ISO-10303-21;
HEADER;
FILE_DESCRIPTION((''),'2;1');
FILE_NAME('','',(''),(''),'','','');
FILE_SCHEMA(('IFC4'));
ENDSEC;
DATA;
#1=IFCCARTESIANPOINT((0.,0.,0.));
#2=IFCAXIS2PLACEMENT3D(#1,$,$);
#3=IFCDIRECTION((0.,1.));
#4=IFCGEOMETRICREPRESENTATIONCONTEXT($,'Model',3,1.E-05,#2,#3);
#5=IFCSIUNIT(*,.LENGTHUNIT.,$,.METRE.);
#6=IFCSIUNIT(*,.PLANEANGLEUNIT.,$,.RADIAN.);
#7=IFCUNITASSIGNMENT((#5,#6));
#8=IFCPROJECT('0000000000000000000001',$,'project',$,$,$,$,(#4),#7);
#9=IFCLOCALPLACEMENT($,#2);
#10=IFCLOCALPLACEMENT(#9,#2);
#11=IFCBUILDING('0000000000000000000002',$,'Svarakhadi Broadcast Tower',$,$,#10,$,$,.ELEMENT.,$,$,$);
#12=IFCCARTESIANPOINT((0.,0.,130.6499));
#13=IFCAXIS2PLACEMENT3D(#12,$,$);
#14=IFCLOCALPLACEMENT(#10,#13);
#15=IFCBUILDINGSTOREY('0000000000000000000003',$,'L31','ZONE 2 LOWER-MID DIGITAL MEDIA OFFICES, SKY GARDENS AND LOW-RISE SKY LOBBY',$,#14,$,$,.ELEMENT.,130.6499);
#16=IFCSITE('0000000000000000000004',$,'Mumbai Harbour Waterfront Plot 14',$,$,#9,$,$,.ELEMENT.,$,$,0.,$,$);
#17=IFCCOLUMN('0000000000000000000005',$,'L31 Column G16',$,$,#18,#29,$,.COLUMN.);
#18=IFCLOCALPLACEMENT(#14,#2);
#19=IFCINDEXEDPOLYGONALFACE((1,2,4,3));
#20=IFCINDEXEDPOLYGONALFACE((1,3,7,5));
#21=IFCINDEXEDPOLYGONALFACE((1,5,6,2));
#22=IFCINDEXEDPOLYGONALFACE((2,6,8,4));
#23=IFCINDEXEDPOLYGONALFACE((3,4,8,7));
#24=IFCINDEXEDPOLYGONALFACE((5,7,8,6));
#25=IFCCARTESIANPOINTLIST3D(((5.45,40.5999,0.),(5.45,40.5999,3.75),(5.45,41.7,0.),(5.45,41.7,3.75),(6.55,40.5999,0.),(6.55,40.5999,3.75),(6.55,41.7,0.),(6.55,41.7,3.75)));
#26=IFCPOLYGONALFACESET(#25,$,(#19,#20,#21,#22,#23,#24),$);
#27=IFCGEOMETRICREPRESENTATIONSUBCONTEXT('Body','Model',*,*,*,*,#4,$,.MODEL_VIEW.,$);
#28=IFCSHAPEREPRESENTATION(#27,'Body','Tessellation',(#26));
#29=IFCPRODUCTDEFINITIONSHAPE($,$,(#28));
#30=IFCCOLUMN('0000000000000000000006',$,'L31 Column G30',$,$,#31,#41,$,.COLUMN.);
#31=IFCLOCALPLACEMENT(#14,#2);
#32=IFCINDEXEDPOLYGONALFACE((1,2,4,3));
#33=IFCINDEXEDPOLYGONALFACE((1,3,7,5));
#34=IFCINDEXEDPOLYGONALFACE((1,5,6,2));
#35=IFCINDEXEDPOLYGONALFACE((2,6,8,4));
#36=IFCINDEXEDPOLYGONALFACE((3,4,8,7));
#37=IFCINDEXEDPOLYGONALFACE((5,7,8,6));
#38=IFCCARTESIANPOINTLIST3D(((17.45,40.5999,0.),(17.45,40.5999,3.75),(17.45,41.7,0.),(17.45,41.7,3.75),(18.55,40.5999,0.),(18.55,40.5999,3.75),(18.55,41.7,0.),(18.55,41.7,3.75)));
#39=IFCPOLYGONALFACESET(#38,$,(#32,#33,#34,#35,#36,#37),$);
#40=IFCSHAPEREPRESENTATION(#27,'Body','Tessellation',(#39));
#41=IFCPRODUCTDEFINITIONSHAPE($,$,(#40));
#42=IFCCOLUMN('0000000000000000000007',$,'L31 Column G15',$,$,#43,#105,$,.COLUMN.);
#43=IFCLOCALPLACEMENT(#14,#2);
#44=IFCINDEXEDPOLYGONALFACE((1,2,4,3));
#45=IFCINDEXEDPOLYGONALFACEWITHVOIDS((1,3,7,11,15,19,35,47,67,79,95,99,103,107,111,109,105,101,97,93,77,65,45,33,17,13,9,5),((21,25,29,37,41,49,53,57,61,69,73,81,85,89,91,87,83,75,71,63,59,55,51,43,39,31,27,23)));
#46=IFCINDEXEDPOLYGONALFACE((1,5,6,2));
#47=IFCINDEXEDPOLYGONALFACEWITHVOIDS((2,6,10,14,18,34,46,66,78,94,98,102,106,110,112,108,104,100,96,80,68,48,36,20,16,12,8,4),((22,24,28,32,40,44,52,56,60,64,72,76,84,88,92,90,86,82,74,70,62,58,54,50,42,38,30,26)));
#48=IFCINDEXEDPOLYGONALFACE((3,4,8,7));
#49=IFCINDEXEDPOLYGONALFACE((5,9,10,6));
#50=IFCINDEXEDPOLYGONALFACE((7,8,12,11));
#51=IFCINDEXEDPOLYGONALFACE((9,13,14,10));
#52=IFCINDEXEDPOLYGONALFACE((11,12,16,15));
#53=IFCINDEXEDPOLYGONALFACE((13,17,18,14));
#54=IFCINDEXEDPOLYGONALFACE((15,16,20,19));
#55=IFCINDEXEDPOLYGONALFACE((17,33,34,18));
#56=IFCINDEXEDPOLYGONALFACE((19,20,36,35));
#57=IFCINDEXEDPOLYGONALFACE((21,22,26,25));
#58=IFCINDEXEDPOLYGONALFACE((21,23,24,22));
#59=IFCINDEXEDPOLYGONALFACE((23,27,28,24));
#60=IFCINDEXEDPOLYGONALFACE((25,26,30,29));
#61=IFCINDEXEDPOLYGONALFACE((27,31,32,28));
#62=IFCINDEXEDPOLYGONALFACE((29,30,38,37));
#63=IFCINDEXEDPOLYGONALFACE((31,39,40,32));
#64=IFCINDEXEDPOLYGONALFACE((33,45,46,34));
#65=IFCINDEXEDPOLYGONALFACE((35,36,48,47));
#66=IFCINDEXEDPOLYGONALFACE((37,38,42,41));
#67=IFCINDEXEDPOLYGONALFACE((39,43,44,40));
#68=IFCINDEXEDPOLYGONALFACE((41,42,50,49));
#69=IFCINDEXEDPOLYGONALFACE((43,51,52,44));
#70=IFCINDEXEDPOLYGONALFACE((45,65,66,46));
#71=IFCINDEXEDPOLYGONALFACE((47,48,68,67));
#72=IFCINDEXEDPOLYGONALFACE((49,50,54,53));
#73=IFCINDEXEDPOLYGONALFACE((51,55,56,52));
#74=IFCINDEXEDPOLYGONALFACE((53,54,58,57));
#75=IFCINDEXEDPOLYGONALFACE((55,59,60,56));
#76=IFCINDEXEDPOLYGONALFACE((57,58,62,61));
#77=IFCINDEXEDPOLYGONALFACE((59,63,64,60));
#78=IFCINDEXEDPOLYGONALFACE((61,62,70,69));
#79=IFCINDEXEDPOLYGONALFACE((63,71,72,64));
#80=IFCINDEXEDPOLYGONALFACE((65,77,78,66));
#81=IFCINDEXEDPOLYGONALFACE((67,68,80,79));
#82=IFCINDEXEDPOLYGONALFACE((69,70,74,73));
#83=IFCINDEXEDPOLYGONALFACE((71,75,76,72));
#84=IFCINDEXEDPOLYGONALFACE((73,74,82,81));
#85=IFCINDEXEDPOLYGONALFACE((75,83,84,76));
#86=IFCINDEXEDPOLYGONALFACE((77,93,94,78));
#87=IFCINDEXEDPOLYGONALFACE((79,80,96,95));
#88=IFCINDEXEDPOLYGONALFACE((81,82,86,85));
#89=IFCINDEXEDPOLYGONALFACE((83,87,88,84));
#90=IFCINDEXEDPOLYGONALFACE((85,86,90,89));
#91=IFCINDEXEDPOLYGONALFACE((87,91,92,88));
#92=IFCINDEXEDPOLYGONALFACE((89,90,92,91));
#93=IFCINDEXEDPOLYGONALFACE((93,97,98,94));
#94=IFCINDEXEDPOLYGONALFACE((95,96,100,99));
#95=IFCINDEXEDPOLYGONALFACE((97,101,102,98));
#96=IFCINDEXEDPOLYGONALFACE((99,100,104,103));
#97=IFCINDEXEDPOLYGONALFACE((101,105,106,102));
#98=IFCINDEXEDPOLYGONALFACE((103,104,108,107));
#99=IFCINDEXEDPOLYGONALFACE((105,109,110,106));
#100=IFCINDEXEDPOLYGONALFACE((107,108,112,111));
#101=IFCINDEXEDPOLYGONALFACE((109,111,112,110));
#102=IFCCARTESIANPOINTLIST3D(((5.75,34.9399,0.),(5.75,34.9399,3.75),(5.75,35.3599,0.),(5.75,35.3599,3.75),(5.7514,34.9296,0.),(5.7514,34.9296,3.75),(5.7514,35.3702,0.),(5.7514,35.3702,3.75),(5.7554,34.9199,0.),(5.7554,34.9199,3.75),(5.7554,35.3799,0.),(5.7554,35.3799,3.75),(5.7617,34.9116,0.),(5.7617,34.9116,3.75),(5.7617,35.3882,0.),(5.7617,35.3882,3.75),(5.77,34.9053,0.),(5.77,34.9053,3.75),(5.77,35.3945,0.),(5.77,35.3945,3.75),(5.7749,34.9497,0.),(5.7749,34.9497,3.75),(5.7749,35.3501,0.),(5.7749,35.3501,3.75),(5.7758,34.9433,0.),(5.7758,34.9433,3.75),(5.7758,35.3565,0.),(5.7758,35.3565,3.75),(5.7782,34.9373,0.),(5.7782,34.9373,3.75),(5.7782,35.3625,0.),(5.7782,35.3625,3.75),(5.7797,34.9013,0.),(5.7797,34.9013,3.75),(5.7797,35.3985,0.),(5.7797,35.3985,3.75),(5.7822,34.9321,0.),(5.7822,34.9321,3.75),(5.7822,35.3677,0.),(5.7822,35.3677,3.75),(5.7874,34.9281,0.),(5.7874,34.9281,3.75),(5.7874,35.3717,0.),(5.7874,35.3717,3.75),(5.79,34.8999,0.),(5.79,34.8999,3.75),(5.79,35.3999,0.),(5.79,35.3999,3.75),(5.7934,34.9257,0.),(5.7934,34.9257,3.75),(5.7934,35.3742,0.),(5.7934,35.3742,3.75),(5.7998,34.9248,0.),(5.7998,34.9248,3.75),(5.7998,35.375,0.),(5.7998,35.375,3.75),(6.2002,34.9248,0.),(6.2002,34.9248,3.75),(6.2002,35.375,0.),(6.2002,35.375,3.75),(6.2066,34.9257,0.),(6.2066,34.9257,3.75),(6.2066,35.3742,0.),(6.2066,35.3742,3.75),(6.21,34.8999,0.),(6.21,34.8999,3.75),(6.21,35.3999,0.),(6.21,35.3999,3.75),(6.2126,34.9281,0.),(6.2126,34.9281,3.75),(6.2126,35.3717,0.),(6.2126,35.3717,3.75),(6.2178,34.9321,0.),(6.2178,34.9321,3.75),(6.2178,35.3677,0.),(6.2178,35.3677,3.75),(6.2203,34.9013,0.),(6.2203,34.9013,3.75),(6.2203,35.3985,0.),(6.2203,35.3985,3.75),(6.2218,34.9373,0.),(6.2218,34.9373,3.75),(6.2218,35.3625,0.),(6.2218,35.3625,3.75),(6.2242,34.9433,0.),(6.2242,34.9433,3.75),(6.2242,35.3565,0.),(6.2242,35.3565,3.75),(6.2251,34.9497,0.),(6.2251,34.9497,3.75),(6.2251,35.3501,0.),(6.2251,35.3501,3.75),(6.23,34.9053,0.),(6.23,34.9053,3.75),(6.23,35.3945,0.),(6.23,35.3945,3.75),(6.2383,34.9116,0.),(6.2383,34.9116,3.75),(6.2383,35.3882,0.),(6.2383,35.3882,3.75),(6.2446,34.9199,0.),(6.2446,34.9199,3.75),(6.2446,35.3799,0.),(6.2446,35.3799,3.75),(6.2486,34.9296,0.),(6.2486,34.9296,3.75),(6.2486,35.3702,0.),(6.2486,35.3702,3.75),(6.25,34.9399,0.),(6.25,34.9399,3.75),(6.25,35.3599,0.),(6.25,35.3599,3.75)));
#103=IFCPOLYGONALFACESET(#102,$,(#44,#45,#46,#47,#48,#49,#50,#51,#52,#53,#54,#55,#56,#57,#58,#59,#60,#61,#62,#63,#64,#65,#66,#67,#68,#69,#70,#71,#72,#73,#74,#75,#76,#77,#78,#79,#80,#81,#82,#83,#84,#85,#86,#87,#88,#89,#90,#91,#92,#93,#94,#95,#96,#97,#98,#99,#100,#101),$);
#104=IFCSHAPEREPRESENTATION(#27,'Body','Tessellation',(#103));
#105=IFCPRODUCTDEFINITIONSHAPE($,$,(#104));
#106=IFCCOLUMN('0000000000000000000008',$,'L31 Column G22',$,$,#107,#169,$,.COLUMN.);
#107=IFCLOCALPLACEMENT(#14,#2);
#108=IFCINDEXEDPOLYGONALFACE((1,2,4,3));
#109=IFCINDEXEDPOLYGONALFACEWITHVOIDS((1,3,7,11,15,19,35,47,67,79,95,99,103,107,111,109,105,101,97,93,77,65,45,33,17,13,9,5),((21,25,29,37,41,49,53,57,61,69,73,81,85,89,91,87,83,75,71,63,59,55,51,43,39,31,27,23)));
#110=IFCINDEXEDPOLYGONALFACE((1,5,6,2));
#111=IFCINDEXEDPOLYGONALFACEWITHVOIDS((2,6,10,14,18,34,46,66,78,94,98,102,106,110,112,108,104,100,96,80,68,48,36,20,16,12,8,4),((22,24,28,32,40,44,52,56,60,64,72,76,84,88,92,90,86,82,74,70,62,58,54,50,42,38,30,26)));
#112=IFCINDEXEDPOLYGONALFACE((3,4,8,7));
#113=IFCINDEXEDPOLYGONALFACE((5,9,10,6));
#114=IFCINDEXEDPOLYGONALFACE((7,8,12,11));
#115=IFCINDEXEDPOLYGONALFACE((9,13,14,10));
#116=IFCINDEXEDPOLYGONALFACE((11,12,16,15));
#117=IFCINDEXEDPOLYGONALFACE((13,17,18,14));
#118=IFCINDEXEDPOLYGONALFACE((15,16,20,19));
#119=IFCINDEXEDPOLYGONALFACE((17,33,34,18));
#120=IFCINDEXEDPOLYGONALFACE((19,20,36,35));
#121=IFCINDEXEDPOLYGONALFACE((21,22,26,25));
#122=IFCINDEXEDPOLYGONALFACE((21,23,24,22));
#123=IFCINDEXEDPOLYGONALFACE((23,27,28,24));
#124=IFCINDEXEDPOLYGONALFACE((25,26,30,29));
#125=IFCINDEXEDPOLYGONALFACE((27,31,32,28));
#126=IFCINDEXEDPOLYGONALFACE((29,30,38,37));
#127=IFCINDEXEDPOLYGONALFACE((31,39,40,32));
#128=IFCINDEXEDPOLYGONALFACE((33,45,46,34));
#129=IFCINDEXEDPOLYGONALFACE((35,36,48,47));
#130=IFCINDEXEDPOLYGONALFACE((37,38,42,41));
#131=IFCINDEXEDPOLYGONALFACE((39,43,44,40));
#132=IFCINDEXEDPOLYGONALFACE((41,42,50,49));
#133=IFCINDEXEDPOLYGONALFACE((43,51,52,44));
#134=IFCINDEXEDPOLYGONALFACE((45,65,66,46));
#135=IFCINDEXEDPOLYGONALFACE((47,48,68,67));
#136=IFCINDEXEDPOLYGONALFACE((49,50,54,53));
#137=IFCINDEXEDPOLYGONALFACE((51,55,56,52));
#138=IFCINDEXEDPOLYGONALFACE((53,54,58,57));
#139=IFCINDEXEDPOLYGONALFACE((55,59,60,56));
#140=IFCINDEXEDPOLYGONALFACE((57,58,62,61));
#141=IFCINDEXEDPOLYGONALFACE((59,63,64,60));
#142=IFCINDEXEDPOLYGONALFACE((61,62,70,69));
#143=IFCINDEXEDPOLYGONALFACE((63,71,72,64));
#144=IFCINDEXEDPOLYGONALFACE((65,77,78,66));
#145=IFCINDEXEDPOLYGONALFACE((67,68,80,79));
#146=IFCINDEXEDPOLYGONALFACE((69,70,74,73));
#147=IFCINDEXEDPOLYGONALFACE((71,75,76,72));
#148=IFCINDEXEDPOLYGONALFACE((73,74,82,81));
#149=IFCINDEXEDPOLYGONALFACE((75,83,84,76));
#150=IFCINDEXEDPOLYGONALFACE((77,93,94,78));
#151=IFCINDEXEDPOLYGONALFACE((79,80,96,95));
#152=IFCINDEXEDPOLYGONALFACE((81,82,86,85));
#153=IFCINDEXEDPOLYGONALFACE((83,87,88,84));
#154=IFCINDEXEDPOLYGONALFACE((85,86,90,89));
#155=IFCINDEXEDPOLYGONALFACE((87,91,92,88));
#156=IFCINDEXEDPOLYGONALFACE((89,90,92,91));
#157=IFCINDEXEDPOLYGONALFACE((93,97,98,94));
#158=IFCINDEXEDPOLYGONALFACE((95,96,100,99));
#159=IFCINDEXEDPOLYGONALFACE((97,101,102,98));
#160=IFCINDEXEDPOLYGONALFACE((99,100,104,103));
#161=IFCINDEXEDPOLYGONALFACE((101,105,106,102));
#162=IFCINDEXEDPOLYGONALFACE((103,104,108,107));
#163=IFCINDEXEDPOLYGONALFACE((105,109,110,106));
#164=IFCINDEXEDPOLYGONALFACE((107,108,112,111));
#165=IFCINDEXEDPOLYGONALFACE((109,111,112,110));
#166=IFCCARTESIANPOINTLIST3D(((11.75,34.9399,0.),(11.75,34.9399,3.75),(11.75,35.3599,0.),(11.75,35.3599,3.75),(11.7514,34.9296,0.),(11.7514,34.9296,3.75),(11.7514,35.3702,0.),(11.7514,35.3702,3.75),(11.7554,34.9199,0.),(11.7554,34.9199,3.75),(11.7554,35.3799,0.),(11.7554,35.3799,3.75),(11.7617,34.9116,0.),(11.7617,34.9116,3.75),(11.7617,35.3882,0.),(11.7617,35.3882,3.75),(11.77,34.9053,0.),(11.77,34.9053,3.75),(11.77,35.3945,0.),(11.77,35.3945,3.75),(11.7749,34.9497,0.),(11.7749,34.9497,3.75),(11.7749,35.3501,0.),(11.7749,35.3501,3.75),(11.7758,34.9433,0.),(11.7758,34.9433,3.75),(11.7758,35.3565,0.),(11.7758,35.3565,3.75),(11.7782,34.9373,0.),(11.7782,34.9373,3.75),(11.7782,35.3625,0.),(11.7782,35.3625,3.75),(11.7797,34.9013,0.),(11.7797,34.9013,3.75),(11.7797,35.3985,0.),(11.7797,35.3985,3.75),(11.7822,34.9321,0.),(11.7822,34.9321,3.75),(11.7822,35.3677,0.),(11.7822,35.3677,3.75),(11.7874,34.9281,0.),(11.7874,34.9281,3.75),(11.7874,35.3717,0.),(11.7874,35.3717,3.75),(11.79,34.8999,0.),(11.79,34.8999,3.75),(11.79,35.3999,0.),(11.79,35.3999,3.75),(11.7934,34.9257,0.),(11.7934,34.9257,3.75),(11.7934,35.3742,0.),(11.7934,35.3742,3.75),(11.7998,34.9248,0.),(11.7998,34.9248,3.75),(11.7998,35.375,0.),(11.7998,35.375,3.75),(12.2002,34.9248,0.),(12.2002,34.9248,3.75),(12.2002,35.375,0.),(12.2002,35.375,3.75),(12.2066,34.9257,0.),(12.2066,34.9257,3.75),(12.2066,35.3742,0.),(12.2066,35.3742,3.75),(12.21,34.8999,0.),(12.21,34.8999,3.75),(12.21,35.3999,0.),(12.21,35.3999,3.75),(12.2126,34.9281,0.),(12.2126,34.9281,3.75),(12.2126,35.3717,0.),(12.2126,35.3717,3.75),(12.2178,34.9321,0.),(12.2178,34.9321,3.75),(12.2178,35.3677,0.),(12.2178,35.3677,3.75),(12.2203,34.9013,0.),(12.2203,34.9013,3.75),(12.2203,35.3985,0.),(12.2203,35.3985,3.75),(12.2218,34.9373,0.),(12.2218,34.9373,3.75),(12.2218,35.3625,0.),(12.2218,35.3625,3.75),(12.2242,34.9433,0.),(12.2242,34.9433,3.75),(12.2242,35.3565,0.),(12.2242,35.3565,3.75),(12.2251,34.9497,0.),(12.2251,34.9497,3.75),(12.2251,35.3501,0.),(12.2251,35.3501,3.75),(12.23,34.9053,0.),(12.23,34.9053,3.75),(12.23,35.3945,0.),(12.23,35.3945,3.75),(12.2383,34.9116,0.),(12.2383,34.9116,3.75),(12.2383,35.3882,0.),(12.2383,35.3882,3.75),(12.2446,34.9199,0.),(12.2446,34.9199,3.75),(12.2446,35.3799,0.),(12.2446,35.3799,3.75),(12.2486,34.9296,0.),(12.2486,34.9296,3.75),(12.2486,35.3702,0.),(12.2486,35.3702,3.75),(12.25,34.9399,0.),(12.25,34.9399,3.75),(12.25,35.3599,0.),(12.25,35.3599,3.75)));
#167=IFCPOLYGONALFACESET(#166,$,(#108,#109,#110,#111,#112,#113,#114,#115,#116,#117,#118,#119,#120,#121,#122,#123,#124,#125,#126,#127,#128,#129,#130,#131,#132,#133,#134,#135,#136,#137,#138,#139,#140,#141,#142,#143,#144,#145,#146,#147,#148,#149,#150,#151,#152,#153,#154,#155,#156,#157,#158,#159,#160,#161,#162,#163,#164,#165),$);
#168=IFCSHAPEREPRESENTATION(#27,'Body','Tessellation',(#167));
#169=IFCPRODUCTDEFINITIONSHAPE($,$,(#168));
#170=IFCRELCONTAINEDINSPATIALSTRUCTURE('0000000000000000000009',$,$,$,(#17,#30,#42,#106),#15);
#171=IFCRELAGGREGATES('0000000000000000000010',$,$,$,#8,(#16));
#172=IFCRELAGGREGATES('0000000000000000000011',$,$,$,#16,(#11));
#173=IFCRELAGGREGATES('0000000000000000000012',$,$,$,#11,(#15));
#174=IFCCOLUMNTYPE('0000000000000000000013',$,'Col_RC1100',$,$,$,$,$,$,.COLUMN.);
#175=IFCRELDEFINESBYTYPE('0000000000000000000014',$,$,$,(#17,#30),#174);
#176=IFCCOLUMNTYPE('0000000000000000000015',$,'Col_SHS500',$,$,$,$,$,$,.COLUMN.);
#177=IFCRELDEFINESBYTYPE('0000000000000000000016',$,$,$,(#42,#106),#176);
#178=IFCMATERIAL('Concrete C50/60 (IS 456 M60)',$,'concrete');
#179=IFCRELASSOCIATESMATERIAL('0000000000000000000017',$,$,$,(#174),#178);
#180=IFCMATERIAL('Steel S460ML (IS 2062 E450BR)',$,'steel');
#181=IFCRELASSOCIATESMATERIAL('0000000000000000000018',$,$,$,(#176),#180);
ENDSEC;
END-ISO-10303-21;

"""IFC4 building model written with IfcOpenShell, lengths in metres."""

from ifc_helpers import new_model, si_unit, direction, frame, origin, origin_2d, place, context, subcontext, project, spatial, rectangle, hollow_rectangle, extrude, material, material_profile, profile_set, type_object, element, save


model = new_model("IFC4")

# Units and contexts
model_context = context("Model", 3, precision=1e-05, world=origin(), true_north=direction((0.0, 1.0)))
body_context = subcontext(model_context, "Body", "Model", "MODEL_VIEW")
ifc_project = project(units=[si_unit("LENGTHUNIT", "METRE"), si_unit("PLANEANGLEUNIT", "RADIAN")], contexts=[model_context])

# Site, building, storey
site_placement = place(None, origin())
site = spatial("IfcSite", under=ifc_project, at=site_placement, Name="Mumbai Harbour Waterfront Plot 14", CompositionType="ELEMENT", RefElevation=0.0)
building_placement = place(site_placement, origin())
building = spatial("IfcBuilding", under=site, at=building_placement, Name="Svarakhadi Broadcast Tower", CompositionType="ELEMENT")
storey_placement = place(building_placement, frame((0.0, 0.0, 130.6499)))
storey = spatial("IfcBuildingStorey", under=building, at=storey_placement, Name="L31", Description="ZONE 2 LOWER-MID DIGITAL MEDIA OFFICES, SKY GARDENS AND LOW-RISE SKY LOBBY", CompositionType="ELEMENT", Elevation=130.6499)

# Columns
ifc_material_1 = material(Name="Concrete C50/60 (IS 456 M60)", Category="concrete")
ifc_material_profile_1 = material_profile(ifc_material_1, rectangle(XDim=1.1001, YDim=1.1001, at=origin_2d()), Name="RC 1100x1100")
ifc_profile_set_1 = profile_set([ifc_material_profile_1], Name="Concrete C50/60 (IS 456 M60)")
column_type_1 = type_object("IfcColumnType", Name="Col_RC1100", PredefinedType="COLUMN", material=ifc_profile_set_1)
for number, where, z_axis, x_axis, name in (
    (1, (6.0, 41.1499, 0.0), (0.0, 0.0, 1.0), (1.0, 0.0, 0.0), "L31 Column G16"),
    (2, (18.0, 41.1499, 0.0), (0.0, 0.0, 1.0), (1.0, 0.0, 0.0), "L31 Column G30"),
):
    element("IfcColumn", number, at=place(storey_placement, frame(where, z_axis=z_axis, x_axis=x_axis)), inside=storey, type_object=column_type_1, Name=name, PredefinedType="COLUMN", context=body_context, shape_type="SweptSolid", body=[
        extrude(rectangle(XDim=1.1001, YDim=1.1001, at=origin_2d()), origin(), (0.0, 0.0, 1.0), 3.75),
    ])
ifc_material_2 = material(Name="Steel S460ML (IS 2062 E450BR)", Category="steel")
ifc_material_profile_2 = material_profile(ifc_material_2, hollow_rectangle(XDim=0.5, YDim=0.5, WallThickness=0.0249, InnerFilletRadius=0.0249, OuterFilletRadius=0.04, at=origin_2d()), Name="SHS 500x500x25")
ifc_profile_set_2 = profile_set([ifc_material_profile_2], Name="Steel S460ML (IS 2062 E450BR)")
column_type_2 = type_object("IfcColumnType", Name="Col_SHS500", PredefinedType="COLUMN", material=ifc_profile_set_2)
for number, where, z_axis, x_axis, name in (
    (3, (6.0, 35.1499, 0.0), (0.0, 0.0, 1.0), (1.0, 0.0, 0.0), "L31 Column G15"),
    (4, (12.0, 35.1499, 0.0), (0.0, 0.0, 1.0), (1.0, 0.0, 0.0), "L31 Column G22"),
):
    element("IfcColumn", number, at=place(storey_placement, frame(where, z_axis=z_axis, x_axis=x_axis)), inside=storey, type_object=column_type_2, Name=name, PredefinedType="COLUMN", context=body_context, shape_type="SweptSolid", body=[
        extrude(hollow_rectangle(XDim=0.5, YDim=0.5, WallThickness=0.0249, InnerFilletRadius=0.0249, OuterFilletRadius=0.04, at=origin_2d()), origin(), (0.0, 0.0, 1.0), 3.75),
    ])

save(model, "model.ifc")
